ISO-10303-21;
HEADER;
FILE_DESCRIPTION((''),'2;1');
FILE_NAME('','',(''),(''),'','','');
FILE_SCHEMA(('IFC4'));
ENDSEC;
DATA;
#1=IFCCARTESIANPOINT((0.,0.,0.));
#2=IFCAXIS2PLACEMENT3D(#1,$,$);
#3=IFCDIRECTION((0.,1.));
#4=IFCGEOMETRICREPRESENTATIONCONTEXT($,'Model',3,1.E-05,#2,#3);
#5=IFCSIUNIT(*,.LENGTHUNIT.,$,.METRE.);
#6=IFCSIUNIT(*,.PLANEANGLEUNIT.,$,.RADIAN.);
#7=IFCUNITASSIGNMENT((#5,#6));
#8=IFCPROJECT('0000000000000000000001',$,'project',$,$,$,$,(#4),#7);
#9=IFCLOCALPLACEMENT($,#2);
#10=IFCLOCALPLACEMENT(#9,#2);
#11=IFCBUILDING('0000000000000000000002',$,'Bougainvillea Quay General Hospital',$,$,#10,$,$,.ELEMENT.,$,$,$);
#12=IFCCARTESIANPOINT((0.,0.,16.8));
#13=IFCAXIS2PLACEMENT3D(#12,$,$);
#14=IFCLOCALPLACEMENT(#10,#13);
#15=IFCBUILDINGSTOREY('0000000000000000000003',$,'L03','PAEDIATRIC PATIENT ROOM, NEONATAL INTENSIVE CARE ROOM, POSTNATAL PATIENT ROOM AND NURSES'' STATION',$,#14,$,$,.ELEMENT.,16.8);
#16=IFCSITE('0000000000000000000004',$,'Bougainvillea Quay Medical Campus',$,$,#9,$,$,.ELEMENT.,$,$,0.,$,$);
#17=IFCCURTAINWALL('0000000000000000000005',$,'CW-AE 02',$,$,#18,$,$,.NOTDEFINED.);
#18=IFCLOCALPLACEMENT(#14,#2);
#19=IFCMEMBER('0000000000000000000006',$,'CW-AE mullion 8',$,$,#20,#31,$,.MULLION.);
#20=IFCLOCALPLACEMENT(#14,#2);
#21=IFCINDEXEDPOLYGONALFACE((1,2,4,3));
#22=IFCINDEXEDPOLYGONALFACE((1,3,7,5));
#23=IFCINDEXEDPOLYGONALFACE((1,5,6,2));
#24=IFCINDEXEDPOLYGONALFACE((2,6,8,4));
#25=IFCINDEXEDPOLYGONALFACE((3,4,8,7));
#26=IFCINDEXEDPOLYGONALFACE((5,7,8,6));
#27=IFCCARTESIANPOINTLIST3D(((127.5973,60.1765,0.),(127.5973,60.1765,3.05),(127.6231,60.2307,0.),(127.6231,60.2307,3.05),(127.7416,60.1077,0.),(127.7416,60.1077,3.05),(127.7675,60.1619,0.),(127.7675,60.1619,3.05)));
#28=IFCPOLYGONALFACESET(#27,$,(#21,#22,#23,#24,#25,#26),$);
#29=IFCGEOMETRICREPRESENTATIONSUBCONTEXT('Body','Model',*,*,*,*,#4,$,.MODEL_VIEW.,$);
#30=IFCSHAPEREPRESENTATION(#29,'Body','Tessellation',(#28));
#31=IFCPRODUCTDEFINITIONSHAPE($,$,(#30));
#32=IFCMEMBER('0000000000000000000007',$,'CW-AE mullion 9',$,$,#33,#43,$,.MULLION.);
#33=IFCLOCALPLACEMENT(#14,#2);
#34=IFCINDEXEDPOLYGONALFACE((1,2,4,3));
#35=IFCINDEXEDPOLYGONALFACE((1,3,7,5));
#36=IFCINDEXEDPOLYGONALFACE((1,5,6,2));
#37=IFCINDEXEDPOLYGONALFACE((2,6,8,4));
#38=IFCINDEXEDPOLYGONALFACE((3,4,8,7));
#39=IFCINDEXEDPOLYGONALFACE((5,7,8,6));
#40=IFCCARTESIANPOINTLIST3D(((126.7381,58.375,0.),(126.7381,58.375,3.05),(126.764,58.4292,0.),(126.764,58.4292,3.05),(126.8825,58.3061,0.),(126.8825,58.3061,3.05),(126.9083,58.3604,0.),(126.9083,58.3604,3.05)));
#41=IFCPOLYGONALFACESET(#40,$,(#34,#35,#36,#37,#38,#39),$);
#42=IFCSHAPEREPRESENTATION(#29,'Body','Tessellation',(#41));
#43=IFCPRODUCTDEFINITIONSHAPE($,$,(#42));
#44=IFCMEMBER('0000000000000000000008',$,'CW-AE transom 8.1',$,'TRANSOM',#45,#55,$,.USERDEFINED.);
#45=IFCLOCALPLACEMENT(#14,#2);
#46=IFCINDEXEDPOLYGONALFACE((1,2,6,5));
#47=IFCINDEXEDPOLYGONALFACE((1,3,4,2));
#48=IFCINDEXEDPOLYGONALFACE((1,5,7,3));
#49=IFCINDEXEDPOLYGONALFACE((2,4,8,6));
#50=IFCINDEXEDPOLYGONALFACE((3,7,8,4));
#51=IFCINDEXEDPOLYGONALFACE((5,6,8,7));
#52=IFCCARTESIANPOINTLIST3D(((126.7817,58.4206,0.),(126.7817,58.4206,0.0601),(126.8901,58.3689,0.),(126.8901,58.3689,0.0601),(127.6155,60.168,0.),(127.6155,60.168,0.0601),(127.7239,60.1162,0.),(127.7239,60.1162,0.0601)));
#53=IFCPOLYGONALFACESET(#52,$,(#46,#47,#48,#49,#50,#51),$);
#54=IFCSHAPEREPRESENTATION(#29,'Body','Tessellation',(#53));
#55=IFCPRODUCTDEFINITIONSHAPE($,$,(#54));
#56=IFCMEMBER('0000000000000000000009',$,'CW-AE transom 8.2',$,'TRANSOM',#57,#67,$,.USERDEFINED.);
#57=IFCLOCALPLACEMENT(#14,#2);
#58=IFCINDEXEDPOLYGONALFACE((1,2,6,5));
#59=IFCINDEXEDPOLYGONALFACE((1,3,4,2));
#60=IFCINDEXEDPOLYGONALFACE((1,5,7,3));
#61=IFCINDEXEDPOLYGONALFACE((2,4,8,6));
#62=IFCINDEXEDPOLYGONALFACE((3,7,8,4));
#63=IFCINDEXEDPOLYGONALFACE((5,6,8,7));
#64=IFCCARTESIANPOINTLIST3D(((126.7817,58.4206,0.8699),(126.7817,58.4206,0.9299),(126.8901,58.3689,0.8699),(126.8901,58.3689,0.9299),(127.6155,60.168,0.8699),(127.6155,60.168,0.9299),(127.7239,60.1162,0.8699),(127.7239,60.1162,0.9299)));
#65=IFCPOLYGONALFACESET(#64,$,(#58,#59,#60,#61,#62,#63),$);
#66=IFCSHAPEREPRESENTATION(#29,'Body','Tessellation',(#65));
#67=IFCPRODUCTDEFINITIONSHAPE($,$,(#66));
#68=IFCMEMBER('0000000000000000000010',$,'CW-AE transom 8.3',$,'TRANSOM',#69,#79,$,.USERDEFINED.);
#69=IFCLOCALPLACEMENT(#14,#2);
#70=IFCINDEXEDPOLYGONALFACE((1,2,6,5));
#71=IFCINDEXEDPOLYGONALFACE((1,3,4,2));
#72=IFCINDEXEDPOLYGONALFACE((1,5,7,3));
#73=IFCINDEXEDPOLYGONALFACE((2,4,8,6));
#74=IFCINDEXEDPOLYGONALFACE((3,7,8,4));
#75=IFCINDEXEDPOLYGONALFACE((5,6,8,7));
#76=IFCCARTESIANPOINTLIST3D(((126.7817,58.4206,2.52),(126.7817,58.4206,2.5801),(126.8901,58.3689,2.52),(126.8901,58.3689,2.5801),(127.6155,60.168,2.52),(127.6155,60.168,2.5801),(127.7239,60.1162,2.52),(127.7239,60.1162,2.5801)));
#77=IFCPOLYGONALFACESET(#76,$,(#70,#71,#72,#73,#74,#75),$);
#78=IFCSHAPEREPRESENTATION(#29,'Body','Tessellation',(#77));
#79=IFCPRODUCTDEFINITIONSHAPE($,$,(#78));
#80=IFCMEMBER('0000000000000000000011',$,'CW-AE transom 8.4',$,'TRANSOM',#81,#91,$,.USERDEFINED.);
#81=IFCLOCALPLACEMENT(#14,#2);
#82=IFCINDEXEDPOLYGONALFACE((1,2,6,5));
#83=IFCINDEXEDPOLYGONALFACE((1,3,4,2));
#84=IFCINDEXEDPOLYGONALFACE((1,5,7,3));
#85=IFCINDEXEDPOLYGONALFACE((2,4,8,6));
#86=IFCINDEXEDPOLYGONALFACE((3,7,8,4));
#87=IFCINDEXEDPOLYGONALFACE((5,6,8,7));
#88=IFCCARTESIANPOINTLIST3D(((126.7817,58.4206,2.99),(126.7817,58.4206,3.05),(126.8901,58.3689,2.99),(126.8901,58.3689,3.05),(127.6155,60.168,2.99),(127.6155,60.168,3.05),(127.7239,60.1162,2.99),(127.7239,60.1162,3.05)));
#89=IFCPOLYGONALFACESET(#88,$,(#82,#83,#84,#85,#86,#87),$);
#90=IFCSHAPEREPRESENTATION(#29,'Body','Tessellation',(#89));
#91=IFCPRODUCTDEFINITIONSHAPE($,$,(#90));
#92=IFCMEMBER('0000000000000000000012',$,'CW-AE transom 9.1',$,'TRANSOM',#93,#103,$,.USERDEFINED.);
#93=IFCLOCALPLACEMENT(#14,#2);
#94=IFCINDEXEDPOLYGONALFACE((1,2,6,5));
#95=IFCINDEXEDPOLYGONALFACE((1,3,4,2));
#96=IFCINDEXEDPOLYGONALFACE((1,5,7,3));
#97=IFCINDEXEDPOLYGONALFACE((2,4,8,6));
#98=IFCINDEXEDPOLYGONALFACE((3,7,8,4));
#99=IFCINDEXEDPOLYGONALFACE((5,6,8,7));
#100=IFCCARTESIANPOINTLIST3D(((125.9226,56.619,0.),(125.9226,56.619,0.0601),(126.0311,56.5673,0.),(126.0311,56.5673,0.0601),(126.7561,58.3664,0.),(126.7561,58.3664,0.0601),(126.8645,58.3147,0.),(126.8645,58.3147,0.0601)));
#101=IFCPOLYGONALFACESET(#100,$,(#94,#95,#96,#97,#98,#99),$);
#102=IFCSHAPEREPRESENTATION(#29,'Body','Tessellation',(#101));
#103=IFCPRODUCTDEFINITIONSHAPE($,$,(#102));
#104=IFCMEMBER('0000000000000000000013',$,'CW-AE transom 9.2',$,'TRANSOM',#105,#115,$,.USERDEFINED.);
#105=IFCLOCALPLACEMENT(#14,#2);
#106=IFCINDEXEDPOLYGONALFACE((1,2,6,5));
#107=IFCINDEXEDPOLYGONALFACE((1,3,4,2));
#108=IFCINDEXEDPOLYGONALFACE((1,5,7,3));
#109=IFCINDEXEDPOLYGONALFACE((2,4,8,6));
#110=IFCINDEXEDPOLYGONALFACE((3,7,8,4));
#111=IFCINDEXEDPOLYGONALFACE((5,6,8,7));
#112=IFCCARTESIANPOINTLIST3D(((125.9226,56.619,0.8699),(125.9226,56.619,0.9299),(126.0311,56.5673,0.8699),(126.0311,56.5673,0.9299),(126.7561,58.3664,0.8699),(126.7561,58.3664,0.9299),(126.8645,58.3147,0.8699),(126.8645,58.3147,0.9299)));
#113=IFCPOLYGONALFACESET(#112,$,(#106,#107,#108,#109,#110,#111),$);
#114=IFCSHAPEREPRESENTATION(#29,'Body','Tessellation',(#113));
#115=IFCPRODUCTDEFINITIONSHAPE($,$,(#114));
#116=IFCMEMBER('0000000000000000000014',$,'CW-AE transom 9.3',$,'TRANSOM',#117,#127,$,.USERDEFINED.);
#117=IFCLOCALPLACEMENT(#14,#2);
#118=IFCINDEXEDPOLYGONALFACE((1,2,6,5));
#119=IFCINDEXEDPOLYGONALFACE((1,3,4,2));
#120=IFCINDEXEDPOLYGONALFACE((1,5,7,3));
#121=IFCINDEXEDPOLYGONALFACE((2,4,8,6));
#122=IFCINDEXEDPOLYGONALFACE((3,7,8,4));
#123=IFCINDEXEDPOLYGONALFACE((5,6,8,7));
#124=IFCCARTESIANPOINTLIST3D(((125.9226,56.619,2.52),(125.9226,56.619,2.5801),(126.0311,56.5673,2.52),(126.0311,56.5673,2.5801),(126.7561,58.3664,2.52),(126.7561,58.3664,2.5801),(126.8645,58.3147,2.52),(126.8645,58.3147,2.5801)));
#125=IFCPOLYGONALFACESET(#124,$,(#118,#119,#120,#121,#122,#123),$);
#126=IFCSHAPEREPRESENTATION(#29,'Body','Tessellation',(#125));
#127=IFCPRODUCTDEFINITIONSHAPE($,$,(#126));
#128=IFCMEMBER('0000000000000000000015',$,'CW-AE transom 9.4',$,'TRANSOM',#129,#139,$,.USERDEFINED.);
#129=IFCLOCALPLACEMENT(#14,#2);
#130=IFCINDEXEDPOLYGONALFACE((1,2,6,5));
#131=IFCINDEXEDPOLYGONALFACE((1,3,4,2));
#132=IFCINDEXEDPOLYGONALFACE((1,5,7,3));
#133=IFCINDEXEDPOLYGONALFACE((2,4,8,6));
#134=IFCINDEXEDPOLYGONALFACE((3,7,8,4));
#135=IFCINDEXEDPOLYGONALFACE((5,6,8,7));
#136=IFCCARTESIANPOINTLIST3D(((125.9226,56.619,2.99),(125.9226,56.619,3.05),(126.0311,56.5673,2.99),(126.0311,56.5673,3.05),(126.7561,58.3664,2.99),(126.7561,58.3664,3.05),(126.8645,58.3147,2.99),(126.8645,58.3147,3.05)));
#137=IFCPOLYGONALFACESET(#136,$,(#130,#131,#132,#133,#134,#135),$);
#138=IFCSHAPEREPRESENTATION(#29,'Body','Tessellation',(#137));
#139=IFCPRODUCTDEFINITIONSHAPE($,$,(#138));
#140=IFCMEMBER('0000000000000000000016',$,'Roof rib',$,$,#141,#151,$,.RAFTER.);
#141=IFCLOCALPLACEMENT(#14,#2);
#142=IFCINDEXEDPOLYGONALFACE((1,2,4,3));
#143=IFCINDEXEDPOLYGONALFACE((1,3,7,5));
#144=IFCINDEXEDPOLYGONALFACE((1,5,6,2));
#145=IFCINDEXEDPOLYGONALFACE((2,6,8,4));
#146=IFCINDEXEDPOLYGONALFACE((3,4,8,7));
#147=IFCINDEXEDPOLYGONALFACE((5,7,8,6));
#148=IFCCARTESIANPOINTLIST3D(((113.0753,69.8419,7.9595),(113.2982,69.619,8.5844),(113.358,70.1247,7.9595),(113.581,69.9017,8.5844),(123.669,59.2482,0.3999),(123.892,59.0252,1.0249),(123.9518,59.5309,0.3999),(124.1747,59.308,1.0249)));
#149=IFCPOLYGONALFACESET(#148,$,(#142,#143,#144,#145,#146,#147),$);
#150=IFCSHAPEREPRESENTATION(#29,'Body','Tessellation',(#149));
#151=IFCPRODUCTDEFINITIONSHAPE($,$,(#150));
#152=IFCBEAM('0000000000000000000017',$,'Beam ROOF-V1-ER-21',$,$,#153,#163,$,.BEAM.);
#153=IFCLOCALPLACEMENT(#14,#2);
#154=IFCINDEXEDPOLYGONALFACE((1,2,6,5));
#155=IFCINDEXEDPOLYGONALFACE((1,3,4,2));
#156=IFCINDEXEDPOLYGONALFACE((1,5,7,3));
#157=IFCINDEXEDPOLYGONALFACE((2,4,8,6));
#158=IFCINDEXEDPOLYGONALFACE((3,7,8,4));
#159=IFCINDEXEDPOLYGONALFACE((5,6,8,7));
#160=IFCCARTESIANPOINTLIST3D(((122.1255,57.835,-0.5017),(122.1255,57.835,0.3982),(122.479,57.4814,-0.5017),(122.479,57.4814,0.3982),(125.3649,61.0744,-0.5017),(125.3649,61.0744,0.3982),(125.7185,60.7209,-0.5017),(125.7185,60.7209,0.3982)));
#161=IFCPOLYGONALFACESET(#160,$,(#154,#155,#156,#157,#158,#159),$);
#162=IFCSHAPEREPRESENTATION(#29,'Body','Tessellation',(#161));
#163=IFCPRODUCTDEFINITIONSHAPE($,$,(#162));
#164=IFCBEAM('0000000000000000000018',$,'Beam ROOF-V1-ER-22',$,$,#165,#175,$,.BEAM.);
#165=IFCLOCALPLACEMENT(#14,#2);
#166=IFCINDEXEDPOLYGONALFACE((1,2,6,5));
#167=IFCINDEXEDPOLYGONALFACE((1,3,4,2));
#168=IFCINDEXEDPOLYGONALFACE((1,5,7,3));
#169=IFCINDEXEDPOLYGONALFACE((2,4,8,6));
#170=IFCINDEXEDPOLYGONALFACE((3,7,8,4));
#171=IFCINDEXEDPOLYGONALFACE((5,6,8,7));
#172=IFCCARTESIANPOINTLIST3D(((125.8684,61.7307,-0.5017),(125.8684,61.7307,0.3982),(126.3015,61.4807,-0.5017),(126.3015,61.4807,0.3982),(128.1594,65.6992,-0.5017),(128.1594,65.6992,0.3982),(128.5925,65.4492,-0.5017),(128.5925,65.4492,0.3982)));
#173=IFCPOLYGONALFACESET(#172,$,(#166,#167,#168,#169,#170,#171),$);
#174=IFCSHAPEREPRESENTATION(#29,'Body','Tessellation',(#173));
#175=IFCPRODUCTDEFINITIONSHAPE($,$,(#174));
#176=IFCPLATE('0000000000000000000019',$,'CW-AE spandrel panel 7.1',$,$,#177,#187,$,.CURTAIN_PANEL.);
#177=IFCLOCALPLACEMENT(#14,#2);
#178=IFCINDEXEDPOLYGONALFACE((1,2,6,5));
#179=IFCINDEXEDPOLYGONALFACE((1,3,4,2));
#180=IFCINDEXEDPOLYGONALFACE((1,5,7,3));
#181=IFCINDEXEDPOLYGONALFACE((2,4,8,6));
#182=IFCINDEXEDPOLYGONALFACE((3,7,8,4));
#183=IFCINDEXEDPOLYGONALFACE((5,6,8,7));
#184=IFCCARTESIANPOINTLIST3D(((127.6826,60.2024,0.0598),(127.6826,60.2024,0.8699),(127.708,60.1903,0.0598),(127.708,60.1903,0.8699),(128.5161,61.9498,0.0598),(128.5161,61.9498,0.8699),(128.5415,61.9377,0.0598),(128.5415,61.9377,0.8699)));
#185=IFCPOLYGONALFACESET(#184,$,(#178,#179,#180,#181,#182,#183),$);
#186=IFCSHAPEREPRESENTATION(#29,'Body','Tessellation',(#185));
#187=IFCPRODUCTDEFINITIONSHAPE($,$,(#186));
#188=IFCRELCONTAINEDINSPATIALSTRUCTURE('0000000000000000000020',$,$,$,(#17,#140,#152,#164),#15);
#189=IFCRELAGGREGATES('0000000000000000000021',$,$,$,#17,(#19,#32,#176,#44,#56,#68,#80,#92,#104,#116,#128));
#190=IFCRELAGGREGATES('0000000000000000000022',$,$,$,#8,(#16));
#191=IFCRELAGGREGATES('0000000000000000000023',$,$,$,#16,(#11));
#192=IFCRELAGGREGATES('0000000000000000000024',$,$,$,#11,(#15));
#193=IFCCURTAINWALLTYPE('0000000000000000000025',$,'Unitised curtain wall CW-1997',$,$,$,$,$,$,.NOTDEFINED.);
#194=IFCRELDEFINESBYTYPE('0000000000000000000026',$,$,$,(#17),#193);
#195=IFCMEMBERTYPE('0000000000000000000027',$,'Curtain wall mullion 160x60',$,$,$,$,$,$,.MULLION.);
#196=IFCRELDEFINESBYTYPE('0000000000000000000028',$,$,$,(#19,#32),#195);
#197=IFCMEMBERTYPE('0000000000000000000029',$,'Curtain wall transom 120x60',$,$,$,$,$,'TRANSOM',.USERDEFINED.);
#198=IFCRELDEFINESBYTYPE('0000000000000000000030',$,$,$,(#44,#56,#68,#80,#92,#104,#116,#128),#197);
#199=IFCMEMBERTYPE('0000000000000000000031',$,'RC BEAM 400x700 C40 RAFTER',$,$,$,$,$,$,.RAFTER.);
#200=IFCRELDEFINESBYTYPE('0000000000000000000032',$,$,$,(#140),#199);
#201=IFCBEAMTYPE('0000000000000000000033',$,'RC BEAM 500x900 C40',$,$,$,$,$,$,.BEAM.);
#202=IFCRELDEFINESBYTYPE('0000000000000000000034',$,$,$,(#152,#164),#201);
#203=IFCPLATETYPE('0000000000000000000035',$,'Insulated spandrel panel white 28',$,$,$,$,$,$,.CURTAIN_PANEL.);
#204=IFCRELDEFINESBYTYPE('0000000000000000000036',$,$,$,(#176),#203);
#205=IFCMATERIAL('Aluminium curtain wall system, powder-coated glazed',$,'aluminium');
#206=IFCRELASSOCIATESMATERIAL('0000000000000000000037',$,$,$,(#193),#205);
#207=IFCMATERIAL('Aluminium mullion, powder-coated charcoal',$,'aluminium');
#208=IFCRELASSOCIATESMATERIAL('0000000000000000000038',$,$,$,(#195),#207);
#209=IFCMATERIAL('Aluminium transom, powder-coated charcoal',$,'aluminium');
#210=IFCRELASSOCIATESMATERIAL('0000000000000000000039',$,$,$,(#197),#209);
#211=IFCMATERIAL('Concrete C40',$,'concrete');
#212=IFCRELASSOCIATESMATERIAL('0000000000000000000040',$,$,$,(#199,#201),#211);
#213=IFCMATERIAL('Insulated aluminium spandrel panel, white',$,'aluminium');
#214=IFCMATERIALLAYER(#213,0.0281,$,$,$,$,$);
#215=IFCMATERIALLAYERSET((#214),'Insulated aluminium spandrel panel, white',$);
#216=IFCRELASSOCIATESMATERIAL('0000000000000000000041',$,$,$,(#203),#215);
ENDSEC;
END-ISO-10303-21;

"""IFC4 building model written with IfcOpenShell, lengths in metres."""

from ifc_helpers import new_model, si_unit, direction, frame, origin, origin_2d, place, context, subcontext, project, spatial, rectangle, extrude, material, layer, layer_set, material_profile, profile_set, type_object, element, aggregate, save


model = new_model("IFC4")

# Units and contexts
model_context = context("Model", 3, precision=1e-05, world=origin(), true_north=direction((0.0, 1.0)))
body_context = subcontext(model_context, "Body", "Model", "MODEL_VIEW")
ifc_project = project(units=[si_unit("LENGTHUNIT", "METRE"), si_unit("PLANEANGLEUNIT", "RADIAN")], contexts=[model_context])

# Site, building, storey
site_placement = place(None, origin())
site = spatial("IfcSite", under=ifc_project, at=site_placement, Name="Bougainvillea Quay Medical Campus", CompositionType="ELEMENT", RefElevation=0.0)
building_placement = place(site_placement, origin())
building = spatial("IfcBuilding", under=site, at=building_placement, Name="Bougainvillea Quay General Hospital", CompositionType="ELEMENT")
storey_placement = place(building_placement, frame((0.0, 0.0, 16.8)))
storey = spatial("IfcBuildingStorey", under=building, at=storey_placement, Name="L03", Description="PAEDIATRIC PATIENT ROOM, NEONATAL INTENSIVE CARE ROOM, POSTNATAL PATIENT ROOM AND NURSES' STATION", CompositionType="ELEMENT", Elevation=16.8)

# Curtain wall, members
ifc_material_1 = material(Name="Aluminium curtain wall system, powder-coated glazed", Category="aluminium")
curtain_wall_type = type_object("IfcCurtainWallType", Name="Unitised curtain wall CW-1997", PredefinedType="NOTDEFINED", material=ifc_material_1)
curtain_wall_placement = place(storey_placement, origin())
curtain_wall = element("IfcCurtainWall", 1, at=curtain_wall_placement, inside=storey, type_object=curtain_wall_type, Name="CW-AE 02", PredefinedType="NOTDEFINED")
ifc_material_2 = material(Name="Aluminium mullion, powder-coated charcoal", Category="aluminium")
ifc_material_profile_1 = material_profile(ifc_material_2, rectangle(XDim=0.1599, YDim=0.0601, at=origin_2d()))
ifc_profile_set_1 = profile_set([ifc_material_profile_1], Name="Aluminium mullion, powder-coated charcoal")
member_type_1 = type_object("IfcMemberType", Name="Curtain wall mullion 160x60", PredefinedType="MULLION", material=ifc_profile_set_1)
member_1_placement = place(storey_placement, frame((127.6824, 60.1692, 0.0), z_axis=(0.0, 0.0, 1.0), x_axis=(0.902578, -0.430525, 0.0)))
member_1 = element("IfcMember", 2, at=member_1_placement, type_object=member_type_1, Name="CW-AE mullion 8", PredefinedType="MULLION", context=body_context, shape_type="SweptSolid", body=[
    extrude(rectangle(XDim=0.1599, YDim=0.0601, at=origin_2d()), origin(), (0.0, 0.0, 1.0), 3.05),
])
member_2_placement = place(storey_placement, frame((126.8232, 58.3677, 0.0), z_axis=(0.0, 0.0, 1.0), x_axis=(0.902578, -0.430525, 0.0)))
member_2 = element("IfcMember", 3, at=member_2_placement, type_object=member_type_1, Name="CW-AE mullion 9", PredefinedType="MULLION", context=body_context, shape_type="SweptSolid", body=[
    extrude(rectangle(XDim=0.1599, YDim=0.0601, at=origin_2d()), origin(), (0.0, 0.0, 1.0), 3.05),
])
ifc_material_3 = material(Name="Aluminium transom, powder-coated charcoal", Category="aluminium")
ifc_material_profile_2 = material_profile(ifc_material_3, rectangle(XDim=0.1201, YDim=0.0601, at=origin_2d()))
ifc_profile_set_2 = profile_set([ifc_material_profile_2], Name="Aluminium transom, powder-coated charcoal")
member_type_2 = type_object("IfcMemberType", Name="Curtain wall transom 120x60", ElementType="TRANSOM", PredefinedType="USERDEFINED", material=ifc_profile_set_2)
member_3_placement = place(storey_placement, frame((127.6697, 60.1421, 0.03), z_axis=(-0.430643, -0.902522, 0.0), x_axis=(0.902522, -0.430643, 0.0)))
member_3 = element("IfcMember", 4, at=member_3_placement, type_object=member_type_2, Name="CW-AE transom 8.1", ObjectType="TRANSOM", PredefinedType="USERDEFINED", context=body_context, shape_type="SweptSolid", body=[
    extrude(rectangle(XDim=0.1201, YDim=0.0601, at=origin_2d()), origin(), (0.0, 0.0, 1.0), 1.936),
])
member_4_placement = place(storey_placement, frame((127.6697, 60.1421, 0.8999), z_axis=(-0.430643, -0.902522, 0.0), x_axis=(0.902522, -0.430643, 0.0)))
member_4 = element("IfcMember", 5, at=member_4_placement, type_object=member_type_2, Name="CW-AE transom 8.2", ObjectType="TRANSOM", PredefinedType="USERDEFINED", context=body_context, shape_type="SweptSolid", body=[
    extrude(rectangle(XDim=0.1201, YDim=0.0601, at=origin_2d()), origin(), (0.0, 0.0, 1.0), 1.936),
])
member_5_placement = place(storey_placement, frame((127.6697, 60.1421, 2.55), z_axis=(-0.430643, -0.902522, 0.0), x_axis=(0.902522, -0.430643, 0.0)))
member_5 = element("IfcMember", 6, at=member_5_placement, type_object=member_type_2, Name="CW-AE transom 8.3", ObjectType="TRANSOM", PredefinedType="USERDEFINED", context=body_context, shape_type="SweptSolid", body=[
    extrude(rectangle(XDim=0.1201, YDim=0.0601, at=origin_2d()), origin(), (0.0, 0.0, 1.0), 1.936),
])
member_6_placement = place(storey_placement, frame((127.6697, 60.1421, 3.02), z_axis=(-0.430643, -0.902522, 0.0), x_axis=(0.902522, -0.430643, 0.0)))
member_6 = element("IfcMember", 7, at=member_6_placement, type_object=member_type_2, Name="CW-AE transom 8.4", ObjectType="TRANSOM", PredefinedType="USERDEFINED", context=body_context, shape_type="SweptSolid", body=[
    extrude(rectangle(XDim=0.1201, YDim=0.0601, at=origin_2d()), origin(), (0.0, 0.0, 1.0), 1.936),
])
member_7_placement = place(storey_placement, frame((126.8103, 58.3406, 0.03), z_axis=(-0.430491, -0.902595, 0.0), x_axis=(0.902595, -0.430491, 0.0)))
member_7 = element("IfcMember", 8, at=member_7_placement, type_object=member_type_2, Name="CW-AE transom 9.1", ObjectType="TRANSOM", PredefinedType="USERDEFINED", context=body_context, shape_type="SweptSolid", body=[
    extrude(rectangle(XDim=0.1201, YDim=0.0601, at=origin_2d()), origin(), (0.0, 0.0, 1.0), 1.936),
])
member_8_placement = place(storey_placement, frame((126.8103, 58.3406, 0.8999), z_axis=(-0.430491, -0.902595, 0.0), x_axis=(0.902595, -0.430491, 0.0)))
member_8 = element("IfcMember", 9, at=member_8_placement, type_object=member_type_2, Name="CW-AE transom 9.2", ObjectType="TRANSOM", PredefinedType="USERDEFINED", context=body_context, shape_type="SweptSolid", body=[
    extrude(rectangle(XDim=0.1201, YDim=0.0601, at=origin_2d()), origin(), (0.0, 0.0, 1.0), 1.936),
])
member_9_placement = place(storey_placement, frame((126.8103, 58.3406, 2.55), z_axis=(-0.430491, -0.902595, 0.0), x_axis=(0.902595, -0.430491, 0.0)))
member_9 = element("IfcMember", 10, at=member_9_placement, type_object=member_type_2, Name="CW-AE transom 9.3", ObjectType="TRANSOM", PredefinedType="USERDEFINED", context=body_context, shape_type="SweptSolid", body=[
    extrude(rectangle(XDim=0.1201, YDim=0.0601, at=origin_2d()), origin(), (0.0, 0.0, 1.0), 1.936),
])
member_10_placement = place(storey_placement, frame((126.8103, 58.3406, 3.02), z_axis=(-0.430491, -0.902595, 0.0), x_axis=(0.902595, -0.430491, 0.0)))
member_10 = element("IfcMember", 11, at=member_10_placement, type_object=member_type_2, Name="CW-AE transom 9.4", ObjectType="TRANSOM", PredefinedType="USERDEFINED", context=body_context, shape_type="SweptSolid", body=[
    extrude(rectangle(XDim=0.1201, YDim=0.0601, at=origin_2d()), origin(), (0.0, 0.0, 1.0), 1.936),
])

# Member
ifc_material_4 = material(Name="Concrete C40", Category="concrete")
ifc_material_profile_3 = material_profile(ifc_material_4, rectangle(XDim=0.3999, YDim=0.7, at=origin_2d()))
ifc_profile_set_3 = profile_set([ifc_material_profile_3], Name="Concrete C40")
member_type_3 = type_object("IfcMemberType", Name="RC BEAM 400x700 C40 RAFTER", PredefinedType="RAFTER", material=ifc_profile_set_3)
member_11_placement = place(storey_placement, frame((123.9219, 59.2781, 0.7124), z_axis=(-0.631294, 0.631294, 0.450484), x_axis=(-0.707107, -0.707107, 0.0)))
element("IfcMember", 12, at=member_11_placement, inside=storey, type_object=member_type_3, Name="Roof rib", PredefinedType="RAFTER", context=body_context, shape_type="SweptSolid", body=[
    extrude(rectangle(XDim=0.3999, YDim=0.7, at=origin_2d()), origin(), (0.0, 0.0, 1.0), 16.781),
])

# Beams
ifc_material_profile_4 = material_profile(ifc_material_4, rectangle(XDim=0.5, YDim=0.8999, at=origin_2d()))
ifc_profile_set_4 = profile_set([ifc_material_profile_4], Name="Concrete C40")
beam_type = type_object("IfcBeamType", Name="RC BEAM 500x900 C40", PredefinedType="BEAM", material=ifc_profile_set_4)
beam_1_placement = place(storey_placement, frame((122.3022, 57.6582, -0.0518), z_axis=(0.707107, 0.707107, 0.0), x_axis=(-0.707107, 0.707107, 0.0)))
element("IfcBeam", 13, at=beam_1_placement, inside=storey, type_object=beam_type, Name="Beam ROOF-V1-ER-21", PredefinedType="BEAM", context=body_context, shape_type="SweptSolid", body=[
    extrude(rectangle(XDim=0.5, YDim=0.8999, at=origin_2d()), origin(), (0.0, 0.0, 1.0), 4.5813),
])
beam_2_placement = place(storey_placement, frame((126.085, 61.6057, -0.0518), z_axis=(0.499967, 0.866045, 0.0), x_axis=(-0.866045, 0.499967, 0.0)))
element("IfcBeam", 14, at=beam_2_placement, inside=storey, type_object=beam_type, Name="Beam ROOF-V1-ER-22", PredefinedType="BEAM", context=body_context, shape_type="SweptSolid", body=[
    extrude(rectangle(XDim=0.5, YDim=0.8999, at=origin_2d()), origin(), (0.0, 0.0, 1.0), 4.5823),
])

# Plate
ifc_material_5 = material(Name="Insulated aluminium spandrel panel, white", Category="aluminium")
ifc_layer_1 = layer(ifc_material_5, 0.0281)
ifc_layer_set_1 = layer_set([ifc_layer_1], Name="Insulated aluminium spandrel panel, white")
plate_type_1 = type_object("IfcPlateType", Name="Insulated spandrel panel white 28", PredefinedType="CURTAIN_PANEL", material=ifc_layer_set_1)
plate_1_placement = place(storey_placement, frame((128.1121, 61.0701, 0.0598), z_axis=(0.0, 0.0, 1.0), x_axis=(-0.430525, -0.902578, 0.0)))
plate_1 = element("IfcPlate", 15, at=plate_1_placement, type_object=plate_type_1, Name="CW-AE spandrel panel 7.1", PredefinedType="CURTAIN_PANEL", context=body_context, shape_type="SweptSolid", body=[
    extrude(rectangle(XDim=1.936, YDim=0.0281, at=origin_2d()), origin(), (0.0, 0.0, 1.0), 0.8101),
])
aggregate(curtain_wall, [member_1, member_2, plate_1, member_3, member_4, member_5, member_6, member_7, member_8, member_9, member_10])

save(model, "model.ifc")
